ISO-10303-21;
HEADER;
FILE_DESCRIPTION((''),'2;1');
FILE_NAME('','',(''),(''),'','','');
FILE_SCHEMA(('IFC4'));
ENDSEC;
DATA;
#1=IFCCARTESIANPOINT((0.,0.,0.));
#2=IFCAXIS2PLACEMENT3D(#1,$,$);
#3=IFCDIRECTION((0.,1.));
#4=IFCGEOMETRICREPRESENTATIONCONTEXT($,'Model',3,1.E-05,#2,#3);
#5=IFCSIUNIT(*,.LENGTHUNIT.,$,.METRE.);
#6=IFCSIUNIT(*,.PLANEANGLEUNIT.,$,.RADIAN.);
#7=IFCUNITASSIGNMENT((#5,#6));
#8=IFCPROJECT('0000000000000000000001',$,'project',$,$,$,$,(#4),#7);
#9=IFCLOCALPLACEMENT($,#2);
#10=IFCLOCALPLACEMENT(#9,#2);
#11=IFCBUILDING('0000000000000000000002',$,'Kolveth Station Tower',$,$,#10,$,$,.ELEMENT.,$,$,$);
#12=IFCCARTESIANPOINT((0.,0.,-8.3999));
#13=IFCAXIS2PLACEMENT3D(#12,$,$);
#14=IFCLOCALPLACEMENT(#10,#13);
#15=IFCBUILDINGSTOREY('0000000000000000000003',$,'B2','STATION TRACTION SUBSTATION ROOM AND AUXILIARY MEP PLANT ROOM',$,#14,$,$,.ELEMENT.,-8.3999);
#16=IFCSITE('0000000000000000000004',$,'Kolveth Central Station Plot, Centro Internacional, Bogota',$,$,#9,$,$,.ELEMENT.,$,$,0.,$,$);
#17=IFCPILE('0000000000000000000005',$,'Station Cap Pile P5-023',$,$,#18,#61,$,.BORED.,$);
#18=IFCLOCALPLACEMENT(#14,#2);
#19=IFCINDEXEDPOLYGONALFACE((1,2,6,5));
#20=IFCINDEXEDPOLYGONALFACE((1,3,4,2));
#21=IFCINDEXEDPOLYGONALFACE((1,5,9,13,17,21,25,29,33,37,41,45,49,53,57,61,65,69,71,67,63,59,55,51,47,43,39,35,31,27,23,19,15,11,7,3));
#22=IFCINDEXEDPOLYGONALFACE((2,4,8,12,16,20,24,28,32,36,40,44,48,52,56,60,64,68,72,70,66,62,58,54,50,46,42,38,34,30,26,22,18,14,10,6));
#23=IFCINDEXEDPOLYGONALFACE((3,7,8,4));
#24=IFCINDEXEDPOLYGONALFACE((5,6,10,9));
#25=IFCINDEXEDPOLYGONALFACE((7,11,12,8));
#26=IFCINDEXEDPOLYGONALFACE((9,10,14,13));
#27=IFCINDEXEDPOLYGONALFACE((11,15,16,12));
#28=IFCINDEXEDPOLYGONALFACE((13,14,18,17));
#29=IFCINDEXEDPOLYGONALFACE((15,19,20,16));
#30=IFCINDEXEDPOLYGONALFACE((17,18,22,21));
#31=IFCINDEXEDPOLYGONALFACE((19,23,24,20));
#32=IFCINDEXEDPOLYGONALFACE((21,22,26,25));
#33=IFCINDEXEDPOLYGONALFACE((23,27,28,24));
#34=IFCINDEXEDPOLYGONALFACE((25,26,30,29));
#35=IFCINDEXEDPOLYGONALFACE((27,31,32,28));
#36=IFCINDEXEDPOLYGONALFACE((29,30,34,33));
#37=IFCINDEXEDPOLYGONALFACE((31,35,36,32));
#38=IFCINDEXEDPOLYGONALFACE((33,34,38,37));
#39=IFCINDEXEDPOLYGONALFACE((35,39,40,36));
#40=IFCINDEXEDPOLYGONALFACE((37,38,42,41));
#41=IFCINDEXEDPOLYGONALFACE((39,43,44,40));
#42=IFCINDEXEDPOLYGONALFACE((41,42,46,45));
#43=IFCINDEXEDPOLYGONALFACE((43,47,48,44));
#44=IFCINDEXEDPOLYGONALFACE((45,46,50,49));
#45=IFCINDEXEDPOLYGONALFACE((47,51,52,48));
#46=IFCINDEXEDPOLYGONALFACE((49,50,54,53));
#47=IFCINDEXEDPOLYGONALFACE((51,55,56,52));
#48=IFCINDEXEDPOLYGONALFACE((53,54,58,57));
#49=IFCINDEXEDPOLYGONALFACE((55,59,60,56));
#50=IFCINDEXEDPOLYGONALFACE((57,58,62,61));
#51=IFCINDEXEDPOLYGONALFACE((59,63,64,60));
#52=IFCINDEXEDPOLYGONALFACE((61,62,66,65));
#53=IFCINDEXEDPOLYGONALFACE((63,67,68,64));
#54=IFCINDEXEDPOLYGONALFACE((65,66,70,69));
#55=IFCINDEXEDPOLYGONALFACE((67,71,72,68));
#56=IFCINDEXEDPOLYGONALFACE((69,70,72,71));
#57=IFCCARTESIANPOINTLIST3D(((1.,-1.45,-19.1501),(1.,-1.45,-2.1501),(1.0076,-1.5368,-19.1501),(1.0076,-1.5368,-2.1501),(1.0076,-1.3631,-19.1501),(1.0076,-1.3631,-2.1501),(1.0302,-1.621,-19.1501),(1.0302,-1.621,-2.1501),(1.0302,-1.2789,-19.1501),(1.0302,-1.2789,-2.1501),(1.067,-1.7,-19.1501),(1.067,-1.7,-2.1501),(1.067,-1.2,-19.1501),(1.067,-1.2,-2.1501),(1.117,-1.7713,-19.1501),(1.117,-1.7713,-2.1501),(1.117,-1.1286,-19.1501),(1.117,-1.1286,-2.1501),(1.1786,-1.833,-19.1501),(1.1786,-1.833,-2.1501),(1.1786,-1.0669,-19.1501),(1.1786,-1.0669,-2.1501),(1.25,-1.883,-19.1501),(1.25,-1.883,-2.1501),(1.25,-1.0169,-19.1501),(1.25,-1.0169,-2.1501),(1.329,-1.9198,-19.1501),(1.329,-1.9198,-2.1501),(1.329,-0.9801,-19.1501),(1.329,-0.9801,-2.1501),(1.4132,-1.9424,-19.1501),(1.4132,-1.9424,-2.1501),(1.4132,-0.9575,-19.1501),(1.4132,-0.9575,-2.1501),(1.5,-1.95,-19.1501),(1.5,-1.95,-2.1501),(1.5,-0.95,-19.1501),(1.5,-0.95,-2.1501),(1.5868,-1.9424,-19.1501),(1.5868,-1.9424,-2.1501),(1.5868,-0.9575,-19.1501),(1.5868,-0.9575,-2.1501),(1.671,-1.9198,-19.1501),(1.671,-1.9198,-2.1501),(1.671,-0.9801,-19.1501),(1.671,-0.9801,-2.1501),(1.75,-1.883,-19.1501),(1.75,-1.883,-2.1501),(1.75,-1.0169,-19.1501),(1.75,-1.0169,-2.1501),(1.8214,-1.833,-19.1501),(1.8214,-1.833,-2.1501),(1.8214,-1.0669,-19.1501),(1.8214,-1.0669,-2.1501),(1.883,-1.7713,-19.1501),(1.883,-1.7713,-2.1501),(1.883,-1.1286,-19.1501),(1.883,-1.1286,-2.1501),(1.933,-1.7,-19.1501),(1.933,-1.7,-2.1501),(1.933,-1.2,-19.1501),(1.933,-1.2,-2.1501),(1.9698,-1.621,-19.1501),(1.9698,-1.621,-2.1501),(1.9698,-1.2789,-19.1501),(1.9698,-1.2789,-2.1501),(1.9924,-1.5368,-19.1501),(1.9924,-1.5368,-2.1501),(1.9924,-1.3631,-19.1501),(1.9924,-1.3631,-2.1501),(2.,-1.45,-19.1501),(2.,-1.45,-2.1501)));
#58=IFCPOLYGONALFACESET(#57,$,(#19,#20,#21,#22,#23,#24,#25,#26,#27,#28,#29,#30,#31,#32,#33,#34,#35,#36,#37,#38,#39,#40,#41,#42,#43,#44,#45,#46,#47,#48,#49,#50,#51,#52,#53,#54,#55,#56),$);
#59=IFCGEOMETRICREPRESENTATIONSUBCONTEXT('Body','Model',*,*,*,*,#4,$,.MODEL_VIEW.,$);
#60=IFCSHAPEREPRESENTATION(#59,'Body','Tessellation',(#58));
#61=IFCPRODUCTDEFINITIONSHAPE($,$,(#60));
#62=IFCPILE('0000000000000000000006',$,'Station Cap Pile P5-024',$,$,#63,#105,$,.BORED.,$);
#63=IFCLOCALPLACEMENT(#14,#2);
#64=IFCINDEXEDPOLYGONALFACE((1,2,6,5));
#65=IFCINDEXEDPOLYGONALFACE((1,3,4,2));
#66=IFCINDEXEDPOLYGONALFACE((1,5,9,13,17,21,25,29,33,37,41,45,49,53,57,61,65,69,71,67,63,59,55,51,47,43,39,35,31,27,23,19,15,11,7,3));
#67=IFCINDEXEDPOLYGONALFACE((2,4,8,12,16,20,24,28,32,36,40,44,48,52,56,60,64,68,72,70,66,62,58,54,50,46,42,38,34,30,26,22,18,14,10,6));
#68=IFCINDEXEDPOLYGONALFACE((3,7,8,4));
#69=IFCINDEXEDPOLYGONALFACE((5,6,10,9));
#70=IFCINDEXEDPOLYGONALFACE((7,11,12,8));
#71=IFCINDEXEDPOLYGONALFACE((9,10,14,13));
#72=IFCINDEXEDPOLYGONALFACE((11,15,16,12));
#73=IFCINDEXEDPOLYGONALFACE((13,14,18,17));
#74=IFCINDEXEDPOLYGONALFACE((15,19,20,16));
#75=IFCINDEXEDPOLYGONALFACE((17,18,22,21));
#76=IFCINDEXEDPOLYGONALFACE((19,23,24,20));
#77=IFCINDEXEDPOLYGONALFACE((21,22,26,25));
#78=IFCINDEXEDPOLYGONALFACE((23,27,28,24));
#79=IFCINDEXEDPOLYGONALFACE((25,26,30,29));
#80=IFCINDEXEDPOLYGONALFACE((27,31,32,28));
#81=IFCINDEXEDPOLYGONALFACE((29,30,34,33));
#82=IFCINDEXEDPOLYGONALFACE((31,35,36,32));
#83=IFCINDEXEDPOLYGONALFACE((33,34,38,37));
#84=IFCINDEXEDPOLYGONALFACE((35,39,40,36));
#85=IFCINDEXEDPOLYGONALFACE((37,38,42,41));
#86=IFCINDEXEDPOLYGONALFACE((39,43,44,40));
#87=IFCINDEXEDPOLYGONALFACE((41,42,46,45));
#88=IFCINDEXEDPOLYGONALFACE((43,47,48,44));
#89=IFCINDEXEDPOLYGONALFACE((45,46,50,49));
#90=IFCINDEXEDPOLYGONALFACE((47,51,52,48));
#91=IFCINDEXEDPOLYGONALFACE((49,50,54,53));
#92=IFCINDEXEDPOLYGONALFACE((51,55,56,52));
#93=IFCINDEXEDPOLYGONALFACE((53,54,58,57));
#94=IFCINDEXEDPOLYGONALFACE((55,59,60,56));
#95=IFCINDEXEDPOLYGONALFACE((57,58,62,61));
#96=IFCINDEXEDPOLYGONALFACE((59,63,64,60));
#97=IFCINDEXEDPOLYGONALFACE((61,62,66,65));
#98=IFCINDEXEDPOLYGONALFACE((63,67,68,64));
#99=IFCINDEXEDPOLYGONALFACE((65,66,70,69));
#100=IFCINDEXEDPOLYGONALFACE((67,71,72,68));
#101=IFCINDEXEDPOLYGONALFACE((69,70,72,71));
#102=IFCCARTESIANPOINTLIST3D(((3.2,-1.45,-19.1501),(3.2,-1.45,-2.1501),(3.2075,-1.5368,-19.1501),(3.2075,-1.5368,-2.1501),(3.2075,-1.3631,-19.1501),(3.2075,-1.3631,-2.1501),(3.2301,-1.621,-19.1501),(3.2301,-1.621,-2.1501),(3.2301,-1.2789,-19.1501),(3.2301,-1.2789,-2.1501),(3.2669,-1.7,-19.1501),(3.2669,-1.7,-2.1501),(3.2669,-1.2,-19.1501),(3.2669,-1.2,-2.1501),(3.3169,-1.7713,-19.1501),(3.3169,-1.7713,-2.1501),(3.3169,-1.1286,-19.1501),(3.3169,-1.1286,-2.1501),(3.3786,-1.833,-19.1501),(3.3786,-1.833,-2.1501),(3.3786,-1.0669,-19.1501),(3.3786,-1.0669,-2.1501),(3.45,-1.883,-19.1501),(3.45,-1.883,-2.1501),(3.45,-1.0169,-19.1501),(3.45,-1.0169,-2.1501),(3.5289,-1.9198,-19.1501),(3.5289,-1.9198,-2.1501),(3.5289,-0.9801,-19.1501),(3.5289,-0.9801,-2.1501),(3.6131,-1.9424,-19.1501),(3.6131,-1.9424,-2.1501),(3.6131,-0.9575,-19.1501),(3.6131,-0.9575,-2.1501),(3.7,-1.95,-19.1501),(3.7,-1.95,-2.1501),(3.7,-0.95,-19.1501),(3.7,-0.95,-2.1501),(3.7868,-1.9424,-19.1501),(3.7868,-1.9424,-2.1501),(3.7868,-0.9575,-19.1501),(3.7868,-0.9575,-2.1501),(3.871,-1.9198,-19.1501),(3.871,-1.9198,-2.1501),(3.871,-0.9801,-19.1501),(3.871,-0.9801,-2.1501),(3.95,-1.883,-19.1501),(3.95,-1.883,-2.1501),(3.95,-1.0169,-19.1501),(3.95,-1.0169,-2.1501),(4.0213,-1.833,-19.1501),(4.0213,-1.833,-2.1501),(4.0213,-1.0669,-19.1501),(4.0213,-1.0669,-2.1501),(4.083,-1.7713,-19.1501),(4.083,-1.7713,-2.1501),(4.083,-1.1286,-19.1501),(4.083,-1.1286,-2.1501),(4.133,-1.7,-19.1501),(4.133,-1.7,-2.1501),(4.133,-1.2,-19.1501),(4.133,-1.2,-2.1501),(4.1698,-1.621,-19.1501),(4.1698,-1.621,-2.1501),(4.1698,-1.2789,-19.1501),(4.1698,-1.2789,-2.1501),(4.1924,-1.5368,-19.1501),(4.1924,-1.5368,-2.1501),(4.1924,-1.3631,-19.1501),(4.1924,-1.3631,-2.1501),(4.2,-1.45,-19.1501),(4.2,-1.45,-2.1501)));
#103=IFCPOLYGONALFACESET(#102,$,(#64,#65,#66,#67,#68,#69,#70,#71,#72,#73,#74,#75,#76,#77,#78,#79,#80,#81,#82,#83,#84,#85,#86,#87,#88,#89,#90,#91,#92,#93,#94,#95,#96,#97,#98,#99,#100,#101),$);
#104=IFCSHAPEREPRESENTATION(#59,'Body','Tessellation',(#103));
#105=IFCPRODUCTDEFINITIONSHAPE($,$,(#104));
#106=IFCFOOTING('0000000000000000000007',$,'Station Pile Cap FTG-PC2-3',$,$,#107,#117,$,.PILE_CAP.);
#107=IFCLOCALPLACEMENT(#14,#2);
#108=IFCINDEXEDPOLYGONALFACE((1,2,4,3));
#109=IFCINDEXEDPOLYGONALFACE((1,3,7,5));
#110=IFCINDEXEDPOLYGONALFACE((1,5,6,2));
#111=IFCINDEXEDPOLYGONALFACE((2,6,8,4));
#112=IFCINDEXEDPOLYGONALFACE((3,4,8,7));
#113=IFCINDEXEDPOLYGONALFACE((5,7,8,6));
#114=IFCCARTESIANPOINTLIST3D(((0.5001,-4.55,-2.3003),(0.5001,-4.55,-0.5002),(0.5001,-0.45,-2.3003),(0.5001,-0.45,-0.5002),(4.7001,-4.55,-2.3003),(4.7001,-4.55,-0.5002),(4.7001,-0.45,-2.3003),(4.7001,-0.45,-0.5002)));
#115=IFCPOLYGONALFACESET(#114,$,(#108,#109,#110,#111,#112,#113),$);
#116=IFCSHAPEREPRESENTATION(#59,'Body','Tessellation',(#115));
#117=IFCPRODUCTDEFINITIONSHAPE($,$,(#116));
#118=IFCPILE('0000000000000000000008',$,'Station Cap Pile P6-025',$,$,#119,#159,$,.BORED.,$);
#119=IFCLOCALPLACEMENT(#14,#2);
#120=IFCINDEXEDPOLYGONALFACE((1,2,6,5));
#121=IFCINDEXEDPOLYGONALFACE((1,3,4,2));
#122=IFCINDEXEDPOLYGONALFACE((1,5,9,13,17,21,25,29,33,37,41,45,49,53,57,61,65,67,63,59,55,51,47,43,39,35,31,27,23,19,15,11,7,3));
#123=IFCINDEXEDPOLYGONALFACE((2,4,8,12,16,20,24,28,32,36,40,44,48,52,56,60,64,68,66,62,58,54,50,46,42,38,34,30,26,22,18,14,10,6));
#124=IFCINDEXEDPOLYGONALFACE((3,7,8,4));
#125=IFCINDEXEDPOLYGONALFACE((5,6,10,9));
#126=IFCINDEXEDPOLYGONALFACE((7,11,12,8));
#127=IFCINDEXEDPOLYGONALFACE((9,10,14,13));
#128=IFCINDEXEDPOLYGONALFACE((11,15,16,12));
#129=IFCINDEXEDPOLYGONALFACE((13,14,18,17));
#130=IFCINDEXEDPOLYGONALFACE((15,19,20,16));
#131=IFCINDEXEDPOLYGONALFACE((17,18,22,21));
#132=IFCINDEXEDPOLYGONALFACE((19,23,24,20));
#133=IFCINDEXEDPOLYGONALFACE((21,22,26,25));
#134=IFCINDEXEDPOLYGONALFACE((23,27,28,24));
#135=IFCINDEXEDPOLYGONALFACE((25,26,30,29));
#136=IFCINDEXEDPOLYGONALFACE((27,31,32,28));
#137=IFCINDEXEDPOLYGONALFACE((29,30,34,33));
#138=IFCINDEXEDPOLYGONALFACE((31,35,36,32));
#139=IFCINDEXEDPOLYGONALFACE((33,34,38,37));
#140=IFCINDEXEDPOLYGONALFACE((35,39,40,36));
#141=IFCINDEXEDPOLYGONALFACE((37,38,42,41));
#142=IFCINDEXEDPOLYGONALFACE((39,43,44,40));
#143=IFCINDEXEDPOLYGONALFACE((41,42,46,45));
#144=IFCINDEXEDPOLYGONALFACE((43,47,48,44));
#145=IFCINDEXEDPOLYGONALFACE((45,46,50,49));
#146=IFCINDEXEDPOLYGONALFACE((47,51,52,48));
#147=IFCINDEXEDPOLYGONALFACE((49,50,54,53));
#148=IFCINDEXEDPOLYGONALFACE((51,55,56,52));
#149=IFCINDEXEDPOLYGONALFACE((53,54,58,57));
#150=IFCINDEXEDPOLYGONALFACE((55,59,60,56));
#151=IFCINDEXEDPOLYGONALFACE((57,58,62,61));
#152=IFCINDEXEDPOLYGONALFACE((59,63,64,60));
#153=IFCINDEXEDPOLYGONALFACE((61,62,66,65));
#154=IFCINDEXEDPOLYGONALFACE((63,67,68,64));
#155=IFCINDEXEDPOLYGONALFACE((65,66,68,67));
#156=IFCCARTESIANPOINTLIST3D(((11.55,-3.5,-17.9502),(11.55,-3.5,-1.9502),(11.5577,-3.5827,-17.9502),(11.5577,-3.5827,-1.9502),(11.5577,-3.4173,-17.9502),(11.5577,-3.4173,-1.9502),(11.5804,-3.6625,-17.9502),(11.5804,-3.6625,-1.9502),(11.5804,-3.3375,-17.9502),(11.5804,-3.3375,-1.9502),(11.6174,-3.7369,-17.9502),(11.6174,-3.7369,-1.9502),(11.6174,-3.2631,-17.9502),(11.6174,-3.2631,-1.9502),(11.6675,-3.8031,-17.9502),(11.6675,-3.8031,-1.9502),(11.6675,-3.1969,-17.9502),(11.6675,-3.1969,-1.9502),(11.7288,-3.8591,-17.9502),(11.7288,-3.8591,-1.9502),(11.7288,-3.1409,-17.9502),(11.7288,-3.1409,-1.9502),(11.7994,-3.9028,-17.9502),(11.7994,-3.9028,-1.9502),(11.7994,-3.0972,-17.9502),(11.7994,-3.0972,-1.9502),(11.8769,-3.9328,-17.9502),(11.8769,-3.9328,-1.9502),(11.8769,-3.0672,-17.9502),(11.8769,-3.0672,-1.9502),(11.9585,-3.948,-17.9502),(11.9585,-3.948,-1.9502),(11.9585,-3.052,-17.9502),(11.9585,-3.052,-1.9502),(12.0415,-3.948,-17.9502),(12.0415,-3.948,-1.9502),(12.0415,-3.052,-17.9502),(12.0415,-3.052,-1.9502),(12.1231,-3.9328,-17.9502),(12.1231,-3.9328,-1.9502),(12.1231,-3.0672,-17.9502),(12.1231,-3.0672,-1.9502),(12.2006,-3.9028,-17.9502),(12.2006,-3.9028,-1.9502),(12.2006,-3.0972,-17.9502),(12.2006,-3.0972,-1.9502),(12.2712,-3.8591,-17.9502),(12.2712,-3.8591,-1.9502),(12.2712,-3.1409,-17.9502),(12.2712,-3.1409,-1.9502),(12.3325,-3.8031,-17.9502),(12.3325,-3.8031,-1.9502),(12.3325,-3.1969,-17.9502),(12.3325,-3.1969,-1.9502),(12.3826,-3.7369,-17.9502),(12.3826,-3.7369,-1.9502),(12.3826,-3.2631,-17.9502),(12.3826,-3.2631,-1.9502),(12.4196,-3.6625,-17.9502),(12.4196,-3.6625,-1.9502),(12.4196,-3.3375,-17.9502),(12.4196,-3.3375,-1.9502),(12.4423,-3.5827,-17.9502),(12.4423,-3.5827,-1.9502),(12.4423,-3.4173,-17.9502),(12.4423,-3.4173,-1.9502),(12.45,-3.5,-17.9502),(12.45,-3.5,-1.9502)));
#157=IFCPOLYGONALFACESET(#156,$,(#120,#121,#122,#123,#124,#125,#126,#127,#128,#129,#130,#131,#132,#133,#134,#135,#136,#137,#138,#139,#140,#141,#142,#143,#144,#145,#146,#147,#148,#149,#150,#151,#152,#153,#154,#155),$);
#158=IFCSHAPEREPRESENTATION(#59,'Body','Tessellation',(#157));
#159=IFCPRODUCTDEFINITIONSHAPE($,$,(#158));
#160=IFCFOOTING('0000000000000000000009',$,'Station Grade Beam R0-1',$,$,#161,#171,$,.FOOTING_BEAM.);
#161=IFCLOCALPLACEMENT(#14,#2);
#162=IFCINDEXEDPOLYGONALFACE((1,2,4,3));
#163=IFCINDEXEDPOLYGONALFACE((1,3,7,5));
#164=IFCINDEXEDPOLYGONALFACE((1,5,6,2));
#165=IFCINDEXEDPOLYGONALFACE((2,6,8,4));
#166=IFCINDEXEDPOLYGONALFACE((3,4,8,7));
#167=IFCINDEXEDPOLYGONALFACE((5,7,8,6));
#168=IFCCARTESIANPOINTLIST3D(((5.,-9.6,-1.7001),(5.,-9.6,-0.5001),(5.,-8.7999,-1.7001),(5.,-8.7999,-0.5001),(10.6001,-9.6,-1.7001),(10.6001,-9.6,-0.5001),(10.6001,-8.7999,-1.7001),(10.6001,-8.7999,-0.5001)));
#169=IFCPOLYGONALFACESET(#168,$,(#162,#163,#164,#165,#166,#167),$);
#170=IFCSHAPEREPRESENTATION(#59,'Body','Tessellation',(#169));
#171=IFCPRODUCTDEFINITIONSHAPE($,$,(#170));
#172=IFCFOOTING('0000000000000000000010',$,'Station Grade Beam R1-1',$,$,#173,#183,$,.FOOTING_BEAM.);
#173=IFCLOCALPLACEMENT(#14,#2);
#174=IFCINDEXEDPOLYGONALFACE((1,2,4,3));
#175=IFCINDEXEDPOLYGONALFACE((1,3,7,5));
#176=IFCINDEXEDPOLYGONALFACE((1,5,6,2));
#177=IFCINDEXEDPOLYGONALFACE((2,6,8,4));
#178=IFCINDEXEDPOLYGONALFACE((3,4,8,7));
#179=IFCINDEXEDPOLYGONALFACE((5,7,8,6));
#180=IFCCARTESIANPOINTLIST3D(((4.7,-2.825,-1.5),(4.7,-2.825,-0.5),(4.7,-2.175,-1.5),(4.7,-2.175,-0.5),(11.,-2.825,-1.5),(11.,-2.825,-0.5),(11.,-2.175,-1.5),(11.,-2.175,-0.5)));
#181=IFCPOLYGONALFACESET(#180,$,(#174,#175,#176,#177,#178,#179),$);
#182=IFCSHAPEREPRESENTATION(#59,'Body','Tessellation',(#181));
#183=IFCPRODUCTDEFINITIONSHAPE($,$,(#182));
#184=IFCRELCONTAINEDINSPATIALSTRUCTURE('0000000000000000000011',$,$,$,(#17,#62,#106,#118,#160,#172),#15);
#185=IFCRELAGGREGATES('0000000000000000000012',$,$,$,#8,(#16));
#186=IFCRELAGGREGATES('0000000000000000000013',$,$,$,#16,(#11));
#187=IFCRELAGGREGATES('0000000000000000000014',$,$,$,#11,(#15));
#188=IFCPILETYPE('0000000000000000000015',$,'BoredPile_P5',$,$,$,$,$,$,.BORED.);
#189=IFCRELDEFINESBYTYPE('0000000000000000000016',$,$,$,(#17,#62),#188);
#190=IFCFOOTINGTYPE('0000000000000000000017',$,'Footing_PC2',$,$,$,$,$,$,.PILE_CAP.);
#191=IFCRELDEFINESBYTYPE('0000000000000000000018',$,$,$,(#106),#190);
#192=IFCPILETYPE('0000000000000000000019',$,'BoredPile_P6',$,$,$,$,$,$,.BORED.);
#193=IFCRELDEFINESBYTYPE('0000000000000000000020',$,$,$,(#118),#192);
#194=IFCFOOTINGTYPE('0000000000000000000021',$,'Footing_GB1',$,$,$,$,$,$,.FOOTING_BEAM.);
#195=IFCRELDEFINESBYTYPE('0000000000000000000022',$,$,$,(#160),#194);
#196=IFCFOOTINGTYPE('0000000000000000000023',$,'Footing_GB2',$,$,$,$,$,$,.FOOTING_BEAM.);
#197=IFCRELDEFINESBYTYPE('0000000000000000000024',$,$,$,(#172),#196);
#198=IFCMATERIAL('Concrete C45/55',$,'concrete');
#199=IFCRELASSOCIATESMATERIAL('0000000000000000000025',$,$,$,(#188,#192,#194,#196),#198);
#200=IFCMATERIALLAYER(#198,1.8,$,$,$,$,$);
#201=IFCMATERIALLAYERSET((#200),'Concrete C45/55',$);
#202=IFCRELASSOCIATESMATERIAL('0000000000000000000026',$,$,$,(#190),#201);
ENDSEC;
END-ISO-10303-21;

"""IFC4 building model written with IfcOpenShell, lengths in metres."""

from ifc_helpers import new_model, si_unit, direction, frame, origin, origin_2d, place, context, subcontext, project, spatial, rectangle, circle, extrude, source, transform, mapped, material, layer, layer_set, material_profile, profile_set, type_object, element, save


model = new_model("IFC4")

# Units and contexts
model_context = context("Model", 3, precision=1e-05, world=origin(), true_north=direction((0.0, 1.0)))
body_context = subcontext(model_context, "Body", "Model", "MODEL_VIEW")
ifc_project = project(units=[si_unit("LENGTHUNIT", "METRE"), si_unit("PLANEANGLEUNIT", "RADIAN")], contexts=[model_context])

# Site, building, storey
site_placement = place(None, origin())
site = spatial("IfcSite", under=ifc_project, at=site_placement, Name="Kolveth Central Station Plot, Centro Internacional, Bogota", CompositionType="ELEMENT", RefElevation=0.0)
building_placement = place(site_placement, origin())
building = spatial("IfcBuilding", under=site, at=building_placement, Name="Kolveth Station Tower", CompositionType="ELEMENT")
storey_placement = place(building_placement, frame((0.0, 0.0, -8.3999)))
storey = spatial("IfcBuildingStorey", under=building, at=storey_placement, Name="B2", Description="STATION TRACTION SUBSTATION ROOM AND AUXILIARY MEP PLANT ROOM", CompositionType="ELEMENT", Elevation=-8.3999)

# Shared definitions
ifc_material_1 = material(Name="Concrete C45/55", Category="concrete")

# Piles
ifc_material_profile_1 = material_profile(ifc_material_1, circle(Radius=0.5, at=origin_2d()), Name="PILE-D1000")
ifc_profile_set_1 = profile_set([ifc_material_profile_1], Name="Concrete C45/55")
pile_type_1 = type_object("IfcPileType", Name="BoredPile_P5", PredefinedType="BORED", material=ifc_profile_set_1)
shared_shape_1 = source(origin(), body_context, "Body", "SweptSolid", [
    extrude(circle(Radius=0.5, at=origin_2d()), origin(), (0.0, 0.0, 1.0), 17.0),
])
for number, where, z_axis, x_axis, name in (
    (1, (1.5, -1.45, -2.1501), (0.0, 0.0, -1.0), (1.0, 0.0, 0.0), "Station Cap Pile P5-023"),
    (2, (3.7, -1.45, -2.1501), (0.0, 0.0, -1.0), (1.0, 0.0, 0.0), "Station Cap Pile P5-024"),
):
    element("IfcPile", number, at=place(storey_placement, frame(where, z_axis=z_axis, x_axis=x_axis)), inside=storey, type_object=pile_type_1, Name=name, PredefinedType="BORED", context=body_context, shape_type="MappedRepresentation", body=[
        mapped(shared_shape_1, transform((0.0, 0.0, 0.0), x_axis=(1.0, 0.0, 0.0), y_axis=(0.0, 1.0, 0.0), z_axis=(0.0, 0.0, 1.0), scale=1.0)),
    ])

# Footing
ifc_layer_1 = layer(ifc_material_1, 1.8)
ifc_layer_set_1 = layer_set([ifc_layer_1], Name="Concrete C45/55")
footing_type_1 = type_object("IfcFootingType", Name="Footing_PC2", PredefinedType="PILE_CAP", material=ifc_layer_set_1)
shared_shape_2 = source(origin(), body_context, "Body", "SweptSolid", [
    extrude(rectangle(XDim=4.2, YDim=4.1001, at=origin_2d()), origin(), (0.0, 0.0, 1.0), 1.8),
])
footing_1_placement = place(storey_placement, frame((2.6001, -2.5, -2.3003), z_axis=(0.0, 0.0, 1.0), x_axis=(1.0, 0.0, 0.0)))
element("IfcFooting", 3, at=footing_1_placement, inside=storey, type_object=footing_type_1, Name="Station Pile Cap FTG-PC2-3", PredefinedType="PILE_CAP", context=body_context, shape_type="MappedRepresentation", body=[
    mapped(shared_shape_2, transform((0.0, 0.0, 0.0), x_axis=(1.0, 0.0, 0.0), y_axis=(0.0, 1.0, 0.0), z_axis=(0.0, 0.0, 1.0), scale=1.0)),
])

# Pile
ifc_material_profile_2 = material_profile(ifc_material_1, circle(Radius=0.45, at=origin_2d()), Name="PILE-D900")
ifc_profile_set_2 = profile_set([ifc_material_profile_2], Name="Concrete C45/55")
pile_type_2 = type_object("IfcPileType", Name="BoredPile_P6", PredefinedType="BORED", material=ifc_profile_set_2)
shared_shape_3 = source(origin(), body_context, "Body", "SweptSolid", [
    extrude(circle(Radius=0.45, at=origin_2d()), origin(), (0.0, 0.0, 1.0), 16.0),
])
pile_placement = place(storey_placement, frame((12.0, -3.5, -1.9502), z_axis=(0.0, 0.0, -1.0), x_axis=(1.0, 0.0, 0.0)))
element("IfcPile", 4, at=pile_placement, inside=storey, type_object=pile_type_2, Name="Station Cap Pile P6-025", PredefinedType="BORED", context=body_context, shape_type="MappedRepresentation", body=[
    mapped(shared_shape_3, transform((0.0, 0.0, 0.0), x_axis=(1.0, 0.0, 0.0), y_axis=(0.0, 1.0, 0.0), z_axis=(0.0, 0.0, 1.0), scale=1.0)),
])

# Footings
ifc_material_profile_3 = material_profile(ifc_material_1, rectangle(XDim=0.8, YDim=1.2, at=origin_2d()), Name="RC-800x1200")
ifc_profile_set_3 = profile_set([ifc_material_profile_3], Name="Concrete C45/55")
footing_type_2 = type_object("IfcFootingType", Name="Footing_GB1", PredefinedType="FOOTING_BEAM", material=ifc_profile_set_3)
shared_shape_4 = source(origin(), body_context, "Body", "SweptSolid", [
    extrude(rectangle(XDim=0.8, YDim=1.2, at=origin_2d()), origin(), (0.0, 0.0, 1.0), 5.6001),
])
footing_2_placement = place(storey_placement, frame((5.0, -9.2, -1.1001), z_axis=(1.0, 0.0, 0.0), x_axis=(0.0, 1.0, 0.0)))
element("IfcFooting", 5, at=footing_2_placement, inside=storey, type_object=footing_type_2, Name="Station Grade Beam R0-1", PredefinedType="FOOTING_BEAM", context=body_context, shape_type="MappedRepresentation", body=[
    mapped(shared_shape_4, transform((0.0, 0.0, 0.0), x_axis=(1.0, 0.0, 0.0), y_axis=(0.0, 1.0, 0.0), z_axis=(0.0, 0.0, 1.0), scale=1.0)),
])
ifc_material_profile_4 = material_profile(ifc_material_1, rectangle(XDim=0.6499, YDim=1.0, at=origin_2d()), Name="RC-650x1000")
ifc_profile_set_4 = profile_set([ifc_material_profile_4], Name="Concrete C45/55")
footing_type_3 = type_object("IfcFootingType", Name="Footing_GB2", PredefinedType="FOOTING_BEAM", material=ifc_profile_set_4)
shared_shape_5 = source(origin(), body_context, "Body", "SweptSolid", [
    extrude(rectangle(XDim=0.6499, YDim=1.0, at=origin_2d()), origin(), (0.0, 0.0, 1.0), 6.3),
])
footing_3_placement = place(storey_placement, frame((4.7, -2.5, -1.0), z_axis=(1.0, 0.0, 0.0), x_axis=(0.0, 1.0, 0.0)))
element("IfcFooting", 6, at=footing_3_placement, inside=storey, type_object=footing_type_3, Name="Station Grade Beam R1-1", PredefinedType="FOOTING_BEAM", context=body_context, shape_type="MappedRepresentation", body=[
    mapped(shared_shape_5, transform((0.0, 0.0, 0.0), x_axis=(1.0, 0.0, 0.0), y_axis=(0.0, 1.0, 0.0), z_axis=(0.0, 0.0, 1.0), scale=1.0)),
])

save(model, "model.ifc")
